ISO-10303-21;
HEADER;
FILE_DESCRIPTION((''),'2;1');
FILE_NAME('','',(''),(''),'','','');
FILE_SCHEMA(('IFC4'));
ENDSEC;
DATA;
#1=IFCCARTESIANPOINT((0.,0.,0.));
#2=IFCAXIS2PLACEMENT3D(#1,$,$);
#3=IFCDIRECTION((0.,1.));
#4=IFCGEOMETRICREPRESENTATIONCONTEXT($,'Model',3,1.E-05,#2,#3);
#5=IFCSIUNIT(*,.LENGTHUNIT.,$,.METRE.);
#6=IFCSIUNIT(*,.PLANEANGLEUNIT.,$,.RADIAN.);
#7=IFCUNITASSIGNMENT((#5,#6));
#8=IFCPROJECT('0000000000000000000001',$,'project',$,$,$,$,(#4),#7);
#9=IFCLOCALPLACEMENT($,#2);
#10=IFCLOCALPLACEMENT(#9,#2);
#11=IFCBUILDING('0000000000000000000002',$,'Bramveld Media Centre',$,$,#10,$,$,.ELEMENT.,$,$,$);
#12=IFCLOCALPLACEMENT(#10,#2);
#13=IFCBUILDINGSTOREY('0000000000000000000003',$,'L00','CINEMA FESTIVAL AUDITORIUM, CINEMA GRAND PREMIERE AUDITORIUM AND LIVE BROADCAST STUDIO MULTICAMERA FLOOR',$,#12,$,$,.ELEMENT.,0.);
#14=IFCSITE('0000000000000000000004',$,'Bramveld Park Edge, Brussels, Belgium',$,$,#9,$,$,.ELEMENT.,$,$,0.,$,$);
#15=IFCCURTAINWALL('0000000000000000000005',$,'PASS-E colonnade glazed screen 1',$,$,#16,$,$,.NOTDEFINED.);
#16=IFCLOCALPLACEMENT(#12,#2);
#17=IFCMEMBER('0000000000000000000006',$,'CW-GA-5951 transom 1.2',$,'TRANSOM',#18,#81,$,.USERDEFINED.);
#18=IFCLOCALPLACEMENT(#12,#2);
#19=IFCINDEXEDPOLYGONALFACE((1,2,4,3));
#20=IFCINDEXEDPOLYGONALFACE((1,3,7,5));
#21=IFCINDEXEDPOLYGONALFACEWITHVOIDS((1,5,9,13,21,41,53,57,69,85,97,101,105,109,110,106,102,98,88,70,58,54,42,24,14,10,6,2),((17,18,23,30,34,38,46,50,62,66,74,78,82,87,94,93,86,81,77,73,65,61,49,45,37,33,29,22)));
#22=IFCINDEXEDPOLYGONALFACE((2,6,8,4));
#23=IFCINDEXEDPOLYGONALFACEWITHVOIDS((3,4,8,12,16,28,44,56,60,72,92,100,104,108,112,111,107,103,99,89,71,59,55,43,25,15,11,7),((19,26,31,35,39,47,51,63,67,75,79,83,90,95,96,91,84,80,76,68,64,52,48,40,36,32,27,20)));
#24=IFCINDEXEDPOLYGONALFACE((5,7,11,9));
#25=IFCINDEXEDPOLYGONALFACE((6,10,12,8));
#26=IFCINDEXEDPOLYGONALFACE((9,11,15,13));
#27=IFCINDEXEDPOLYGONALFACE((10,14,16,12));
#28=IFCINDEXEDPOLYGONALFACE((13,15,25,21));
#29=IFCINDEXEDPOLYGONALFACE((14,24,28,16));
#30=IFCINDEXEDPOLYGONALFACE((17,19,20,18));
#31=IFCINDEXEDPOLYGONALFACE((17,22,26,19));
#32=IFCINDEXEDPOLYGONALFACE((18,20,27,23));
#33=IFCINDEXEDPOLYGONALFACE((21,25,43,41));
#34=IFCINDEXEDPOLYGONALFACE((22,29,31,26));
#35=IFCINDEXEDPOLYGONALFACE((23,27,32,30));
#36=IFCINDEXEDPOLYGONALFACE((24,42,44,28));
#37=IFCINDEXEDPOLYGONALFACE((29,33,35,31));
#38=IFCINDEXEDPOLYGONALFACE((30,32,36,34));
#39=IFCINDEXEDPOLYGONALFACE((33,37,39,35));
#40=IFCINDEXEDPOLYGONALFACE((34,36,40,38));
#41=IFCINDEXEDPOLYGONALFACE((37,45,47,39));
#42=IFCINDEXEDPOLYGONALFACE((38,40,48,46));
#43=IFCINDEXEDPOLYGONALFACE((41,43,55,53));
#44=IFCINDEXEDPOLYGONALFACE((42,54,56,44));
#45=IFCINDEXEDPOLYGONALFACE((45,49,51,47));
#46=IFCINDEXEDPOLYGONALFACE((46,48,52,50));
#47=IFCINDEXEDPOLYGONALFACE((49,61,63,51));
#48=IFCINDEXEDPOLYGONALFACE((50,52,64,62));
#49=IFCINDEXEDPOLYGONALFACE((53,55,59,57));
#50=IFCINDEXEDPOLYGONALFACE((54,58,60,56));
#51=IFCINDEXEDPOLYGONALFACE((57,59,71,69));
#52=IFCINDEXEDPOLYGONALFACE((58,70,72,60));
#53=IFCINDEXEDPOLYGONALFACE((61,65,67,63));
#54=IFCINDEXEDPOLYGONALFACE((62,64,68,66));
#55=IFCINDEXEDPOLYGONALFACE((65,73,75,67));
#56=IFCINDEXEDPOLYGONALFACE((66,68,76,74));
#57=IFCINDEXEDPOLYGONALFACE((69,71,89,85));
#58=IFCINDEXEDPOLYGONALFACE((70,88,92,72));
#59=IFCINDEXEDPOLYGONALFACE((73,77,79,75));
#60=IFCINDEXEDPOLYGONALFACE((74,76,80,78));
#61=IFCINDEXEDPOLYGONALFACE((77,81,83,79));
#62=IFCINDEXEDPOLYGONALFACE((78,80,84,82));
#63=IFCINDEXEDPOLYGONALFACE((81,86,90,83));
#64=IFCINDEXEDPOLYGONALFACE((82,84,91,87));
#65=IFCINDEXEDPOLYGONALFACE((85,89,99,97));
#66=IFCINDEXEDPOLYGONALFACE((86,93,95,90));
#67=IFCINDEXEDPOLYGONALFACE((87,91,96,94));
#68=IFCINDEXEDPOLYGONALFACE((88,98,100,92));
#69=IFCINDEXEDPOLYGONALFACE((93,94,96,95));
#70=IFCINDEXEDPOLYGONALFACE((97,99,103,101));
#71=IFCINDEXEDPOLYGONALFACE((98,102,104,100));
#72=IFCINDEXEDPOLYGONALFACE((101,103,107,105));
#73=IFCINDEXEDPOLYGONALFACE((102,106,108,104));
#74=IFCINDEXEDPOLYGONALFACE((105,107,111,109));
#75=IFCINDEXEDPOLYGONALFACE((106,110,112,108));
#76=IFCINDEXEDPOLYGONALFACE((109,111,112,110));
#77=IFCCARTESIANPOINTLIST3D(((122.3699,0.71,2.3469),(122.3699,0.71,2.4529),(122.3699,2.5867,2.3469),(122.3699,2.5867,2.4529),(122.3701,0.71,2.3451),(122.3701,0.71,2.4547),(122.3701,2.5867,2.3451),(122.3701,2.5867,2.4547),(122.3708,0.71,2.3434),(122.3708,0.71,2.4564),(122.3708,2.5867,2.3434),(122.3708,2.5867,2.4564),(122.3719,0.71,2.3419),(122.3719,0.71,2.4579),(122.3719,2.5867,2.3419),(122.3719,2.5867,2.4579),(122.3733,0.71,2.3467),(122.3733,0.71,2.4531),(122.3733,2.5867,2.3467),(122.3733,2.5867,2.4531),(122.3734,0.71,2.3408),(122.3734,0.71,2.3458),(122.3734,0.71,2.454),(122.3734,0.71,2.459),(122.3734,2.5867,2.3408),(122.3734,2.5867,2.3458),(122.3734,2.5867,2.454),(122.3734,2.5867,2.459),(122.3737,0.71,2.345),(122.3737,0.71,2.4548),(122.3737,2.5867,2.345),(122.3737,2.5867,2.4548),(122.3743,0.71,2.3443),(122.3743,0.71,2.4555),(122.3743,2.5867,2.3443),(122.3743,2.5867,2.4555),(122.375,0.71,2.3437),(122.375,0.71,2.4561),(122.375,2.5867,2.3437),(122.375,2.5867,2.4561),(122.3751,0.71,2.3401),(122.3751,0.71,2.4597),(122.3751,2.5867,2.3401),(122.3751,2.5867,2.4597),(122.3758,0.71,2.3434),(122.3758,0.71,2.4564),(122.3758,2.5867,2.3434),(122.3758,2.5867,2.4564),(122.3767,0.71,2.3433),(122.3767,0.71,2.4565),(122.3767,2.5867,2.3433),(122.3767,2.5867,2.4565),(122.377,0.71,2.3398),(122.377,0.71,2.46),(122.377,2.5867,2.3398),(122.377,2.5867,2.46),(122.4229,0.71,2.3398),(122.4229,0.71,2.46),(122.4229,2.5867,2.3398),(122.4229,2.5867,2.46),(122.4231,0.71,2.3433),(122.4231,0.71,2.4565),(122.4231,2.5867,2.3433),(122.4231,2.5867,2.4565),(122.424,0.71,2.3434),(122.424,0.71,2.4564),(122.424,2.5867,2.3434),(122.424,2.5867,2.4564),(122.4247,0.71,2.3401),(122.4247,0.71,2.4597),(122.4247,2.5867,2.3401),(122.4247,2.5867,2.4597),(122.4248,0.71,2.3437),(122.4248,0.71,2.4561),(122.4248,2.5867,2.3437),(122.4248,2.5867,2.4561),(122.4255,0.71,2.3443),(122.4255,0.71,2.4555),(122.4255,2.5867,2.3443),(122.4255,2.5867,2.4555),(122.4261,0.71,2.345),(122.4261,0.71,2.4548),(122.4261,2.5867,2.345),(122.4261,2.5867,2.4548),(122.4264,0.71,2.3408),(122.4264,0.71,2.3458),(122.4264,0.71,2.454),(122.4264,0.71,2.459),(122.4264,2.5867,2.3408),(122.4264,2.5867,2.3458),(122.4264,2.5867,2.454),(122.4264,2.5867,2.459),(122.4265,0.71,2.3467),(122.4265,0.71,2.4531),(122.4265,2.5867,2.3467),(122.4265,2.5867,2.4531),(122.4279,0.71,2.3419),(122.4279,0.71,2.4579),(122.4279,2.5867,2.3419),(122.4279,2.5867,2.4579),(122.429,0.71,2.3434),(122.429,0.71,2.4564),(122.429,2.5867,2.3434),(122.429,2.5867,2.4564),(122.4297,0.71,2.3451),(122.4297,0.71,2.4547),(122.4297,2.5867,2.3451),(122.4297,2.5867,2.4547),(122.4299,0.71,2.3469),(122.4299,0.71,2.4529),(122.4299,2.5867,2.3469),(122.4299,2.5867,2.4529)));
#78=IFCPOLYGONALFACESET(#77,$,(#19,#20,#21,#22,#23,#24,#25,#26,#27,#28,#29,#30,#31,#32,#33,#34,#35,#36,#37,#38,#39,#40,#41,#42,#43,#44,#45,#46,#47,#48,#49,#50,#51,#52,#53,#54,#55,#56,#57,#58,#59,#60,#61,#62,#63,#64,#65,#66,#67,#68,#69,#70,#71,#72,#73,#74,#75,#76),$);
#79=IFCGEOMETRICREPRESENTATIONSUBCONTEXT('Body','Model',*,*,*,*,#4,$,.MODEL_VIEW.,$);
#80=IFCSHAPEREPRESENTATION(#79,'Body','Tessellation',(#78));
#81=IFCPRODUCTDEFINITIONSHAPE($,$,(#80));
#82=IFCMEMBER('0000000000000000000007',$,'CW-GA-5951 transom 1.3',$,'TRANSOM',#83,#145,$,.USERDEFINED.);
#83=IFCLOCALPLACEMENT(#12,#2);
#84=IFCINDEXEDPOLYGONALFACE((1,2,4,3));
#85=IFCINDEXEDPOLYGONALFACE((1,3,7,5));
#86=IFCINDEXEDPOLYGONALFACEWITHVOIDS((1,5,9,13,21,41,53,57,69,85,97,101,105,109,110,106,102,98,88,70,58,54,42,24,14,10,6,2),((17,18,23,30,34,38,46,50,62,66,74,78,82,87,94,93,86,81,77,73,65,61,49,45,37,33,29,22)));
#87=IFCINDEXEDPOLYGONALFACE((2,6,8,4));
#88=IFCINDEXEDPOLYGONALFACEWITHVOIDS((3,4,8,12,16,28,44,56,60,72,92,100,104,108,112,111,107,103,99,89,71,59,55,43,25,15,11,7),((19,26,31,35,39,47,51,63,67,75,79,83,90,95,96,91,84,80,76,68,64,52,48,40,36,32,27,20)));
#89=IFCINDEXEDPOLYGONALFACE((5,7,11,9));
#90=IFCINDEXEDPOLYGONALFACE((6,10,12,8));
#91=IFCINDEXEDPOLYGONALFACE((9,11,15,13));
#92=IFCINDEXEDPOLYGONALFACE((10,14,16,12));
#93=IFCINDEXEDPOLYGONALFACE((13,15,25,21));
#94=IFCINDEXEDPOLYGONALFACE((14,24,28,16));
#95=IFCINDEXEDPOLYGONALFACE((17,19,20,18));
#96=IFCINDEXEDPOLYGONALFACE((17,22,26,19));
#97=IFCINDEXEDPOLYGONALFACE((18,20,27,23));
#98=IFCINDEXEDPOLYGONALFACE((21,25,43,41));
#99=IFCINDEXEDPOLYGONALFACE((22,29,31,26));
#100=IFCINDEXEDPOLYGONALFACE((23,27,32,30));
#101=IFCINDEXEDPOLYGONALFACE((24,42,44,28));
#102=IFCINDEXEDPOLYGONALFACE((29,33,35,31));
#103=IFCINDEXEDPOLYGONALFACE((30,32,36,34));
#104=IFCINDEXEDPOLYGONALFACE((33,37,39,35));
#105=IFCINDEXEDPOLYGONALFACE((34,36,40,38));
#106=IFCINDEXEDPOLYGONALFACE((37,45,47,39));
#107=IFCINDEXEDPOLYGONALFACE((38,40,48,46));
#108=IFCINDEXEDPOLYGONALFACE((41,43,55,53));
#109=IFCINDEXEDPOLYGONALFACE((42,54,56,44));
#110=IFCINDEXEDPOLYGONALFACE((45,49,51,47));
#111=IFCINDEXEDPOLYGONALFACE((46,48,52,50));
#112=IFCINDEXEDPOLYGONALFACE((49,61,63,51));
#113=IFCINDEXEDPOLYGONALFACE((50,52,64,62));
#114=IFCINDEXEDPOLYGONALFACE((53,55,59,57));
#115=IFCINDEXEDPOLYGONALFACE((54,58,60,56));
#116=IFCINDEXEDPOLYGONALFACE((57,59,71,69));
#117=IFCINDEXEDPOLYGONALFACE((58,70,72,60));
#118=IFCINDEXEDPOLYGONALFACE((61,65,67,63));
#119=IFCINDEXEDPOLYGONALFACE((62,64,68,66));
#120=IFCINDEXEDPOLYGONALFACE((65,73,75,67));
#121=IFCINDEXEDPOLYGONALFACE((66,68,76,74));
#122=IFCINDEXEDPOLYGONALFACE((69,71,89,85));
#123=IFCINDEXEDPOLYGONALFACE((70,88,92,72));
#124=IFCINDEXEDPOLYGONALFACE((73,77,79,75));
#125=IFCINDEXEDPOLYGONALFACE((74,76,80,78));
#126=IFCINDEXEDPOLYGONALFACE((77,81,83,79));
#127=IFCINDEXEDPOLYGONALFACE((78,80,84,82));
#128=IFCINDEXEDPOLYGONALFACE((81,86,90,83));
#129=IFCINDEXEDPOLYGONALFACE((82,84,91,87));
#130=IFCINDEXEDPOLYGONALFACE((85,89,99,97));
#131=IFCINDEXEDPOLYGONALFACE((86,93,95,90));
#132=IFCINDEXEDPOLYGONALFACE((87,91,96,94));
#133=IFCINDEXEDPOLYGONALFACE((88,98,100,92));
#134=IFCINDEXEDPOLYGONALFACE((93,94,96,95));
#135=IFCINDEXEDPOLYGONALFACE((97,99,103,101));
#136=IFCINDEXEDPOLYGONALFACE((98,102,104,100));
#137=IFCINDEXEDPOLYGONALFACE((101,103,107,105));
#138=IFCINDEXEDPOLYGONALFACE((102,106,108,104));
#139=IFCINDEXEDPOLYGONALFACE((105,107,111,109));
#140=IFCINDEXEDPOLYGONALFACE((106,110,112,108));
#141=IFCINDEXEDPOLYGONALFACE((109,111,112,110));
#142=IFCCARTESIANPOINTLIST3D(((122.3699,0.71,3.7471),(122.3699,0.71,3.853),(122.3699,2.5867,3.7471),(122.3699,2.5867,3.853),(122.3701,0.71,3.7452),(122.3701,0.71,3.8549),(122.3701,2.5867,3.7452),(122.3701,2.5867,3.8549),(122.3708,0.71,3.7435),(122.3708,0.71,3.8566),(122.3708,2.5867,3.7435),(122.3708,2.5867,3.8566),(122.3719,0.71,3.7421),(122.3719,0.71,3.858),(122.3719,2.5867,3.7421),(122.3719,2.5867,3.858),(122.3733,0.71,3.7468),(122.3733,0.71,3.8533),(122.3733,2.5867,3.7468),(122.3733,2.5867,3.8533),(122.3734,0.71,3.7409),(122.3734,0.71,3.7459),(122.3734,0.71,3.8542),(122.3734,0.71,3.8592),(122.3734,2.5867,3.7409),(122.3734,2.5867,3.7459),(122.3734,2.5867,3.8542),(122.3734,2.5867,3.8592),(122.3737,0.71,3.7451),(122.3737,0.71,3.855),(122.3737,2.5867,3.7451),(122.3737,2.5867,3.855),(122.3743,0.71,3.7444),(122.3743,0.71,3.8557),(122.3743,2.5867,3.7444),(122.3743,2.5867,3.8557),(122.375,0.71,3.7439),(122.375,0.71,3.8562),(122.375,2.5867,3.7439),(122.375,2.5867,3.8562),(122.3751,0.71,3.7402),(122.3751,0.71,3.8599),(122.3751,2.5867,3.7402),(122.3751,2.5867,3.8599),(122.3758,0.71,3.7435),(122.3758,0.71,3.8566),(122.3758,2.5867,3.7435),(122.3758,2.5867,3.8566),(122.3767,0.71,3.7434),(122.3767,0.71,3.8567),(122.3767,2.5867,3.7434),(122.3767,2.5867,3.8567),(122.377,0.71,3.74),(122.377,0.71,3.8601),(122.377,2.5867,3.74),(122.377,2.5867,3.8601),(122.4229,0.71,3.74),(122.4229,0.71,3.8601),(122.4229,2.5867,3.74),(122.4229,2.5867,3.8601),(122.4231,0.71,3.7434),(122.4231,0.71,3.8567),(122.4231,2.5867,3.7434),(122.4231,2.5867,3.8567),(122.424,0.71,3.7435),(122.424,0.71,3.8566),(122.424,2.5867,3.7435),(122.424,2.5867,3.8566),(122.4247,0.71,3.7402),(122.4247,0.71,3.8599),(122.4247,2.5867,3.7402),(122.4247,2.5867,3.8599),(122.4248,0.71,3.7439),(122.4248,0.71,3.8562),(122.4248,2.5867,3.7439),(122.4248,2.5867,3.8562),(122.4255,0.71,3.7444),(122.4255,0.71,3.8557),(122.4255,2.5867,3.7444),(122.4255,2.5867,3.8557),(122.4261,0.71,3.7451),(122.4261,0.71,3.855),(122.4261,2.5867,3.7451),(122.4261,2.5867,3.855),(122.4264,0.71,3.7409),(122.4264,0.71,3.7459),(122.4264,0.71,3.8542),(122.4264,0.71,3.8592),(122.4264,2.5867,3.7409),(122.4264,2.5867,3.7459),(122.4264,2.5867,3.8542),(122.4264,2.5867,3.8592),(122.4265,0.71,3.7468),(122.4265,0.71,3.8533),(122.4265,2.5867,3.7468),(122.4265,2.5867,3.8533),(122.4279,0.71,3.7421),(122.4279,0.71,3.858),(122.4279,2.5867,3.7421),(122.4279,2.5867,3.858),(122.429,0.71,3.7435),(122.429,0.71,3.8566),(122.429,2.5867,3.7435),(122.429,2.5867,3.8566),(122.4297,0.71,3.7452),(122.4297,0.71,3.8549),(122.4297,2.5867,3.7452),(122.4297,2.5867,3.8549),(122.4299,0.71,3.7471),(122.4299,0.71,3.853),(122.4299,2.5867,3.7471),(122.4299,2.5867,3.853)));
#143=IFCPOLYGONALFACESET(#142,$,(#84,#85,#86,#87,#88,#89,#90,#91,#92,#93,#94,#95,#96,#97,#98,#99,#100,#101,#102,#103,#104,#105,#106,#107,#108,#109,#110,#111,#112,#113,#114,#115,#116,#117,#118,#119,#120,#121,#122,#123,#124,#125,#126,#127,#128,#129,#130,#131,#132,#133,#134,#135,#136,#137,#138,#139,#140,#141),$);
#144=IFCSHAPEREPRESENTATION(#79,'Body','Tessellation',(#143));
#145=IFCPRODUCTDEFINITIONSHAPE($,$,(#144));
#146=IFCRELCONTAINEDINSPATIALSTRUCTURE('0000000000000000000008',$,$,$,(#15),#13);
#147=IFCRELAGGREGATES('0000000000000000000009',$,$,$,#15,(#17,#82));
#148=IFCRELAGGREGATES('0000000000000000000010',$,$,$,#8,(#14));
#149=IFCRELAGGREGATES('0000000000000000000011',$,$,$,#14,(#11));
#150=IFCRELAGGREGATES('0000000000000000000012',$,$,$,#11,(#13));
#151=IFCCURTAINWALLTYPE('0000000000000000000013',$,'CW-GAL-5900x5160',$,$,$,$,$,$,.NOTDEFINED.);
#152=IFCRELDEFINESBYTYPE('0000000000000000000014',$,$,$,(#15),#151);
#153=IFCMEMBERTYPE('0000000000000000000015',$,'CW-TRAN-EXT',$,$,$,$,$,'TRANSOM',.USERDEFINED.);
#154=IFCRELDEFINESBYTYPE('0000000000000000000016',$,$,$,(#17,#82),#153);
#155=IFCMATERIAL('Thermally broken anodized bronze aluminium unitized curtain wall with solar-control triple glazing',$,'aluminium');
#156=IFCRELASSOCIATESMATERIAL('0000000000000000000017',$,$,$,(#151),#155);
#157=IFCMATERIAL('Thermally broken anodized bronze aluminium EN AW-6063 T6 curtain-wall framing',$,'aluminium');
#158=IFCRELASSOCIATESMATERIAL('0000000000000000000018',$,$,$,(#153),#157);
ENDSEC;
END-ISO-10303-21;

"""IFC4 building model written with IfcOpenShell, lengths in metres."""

from ifc_helpers import new_model, si_unit, direction, frame, origin, origin_2d, place, context, subcontext, project, spatial, hollow_rectangle, extrude, material, material_profile, profile_set, type_object, element, aggregate, save


model = new_model("IFC4")

# Units and contexts
model_context = context("Model", 3, precision=1e-05, world=origin(), true_north=direction((0.0, 1.0)))
body_context = subcontext(model_context, "Body", "Model", "MODEL_VIEW")
ifc_project = project(units=[si_unit("LENGTHUNIT", "METRE"), si_unit("PLANEANGLEUNIT", "RADIAN")], contexts=[model_context])

# Site, building, storey
site_placement = place(None, origin())
site = spatial("IfcSite", under=ifc_project, at=site_placement, Name="Bramveld Park Edge, Brussels, Belgium", CompositionType="ELEMENT", RefElevation=0.0)
building_placement = place(site_placement, origin())
building = spatial("IfcBuilding", under=site, at=building_placement, Name="Bramveld Media Centre", CompositionType="ELEMENT")
storey_placement = place(building_placement, origin())
storey = spatial("IfcBuildingStorey", under=building, at=storey_placement, Name="L00", Description="CINEMA FESTIVAL AUDITORIUM, CINEMA GRAND PREMIERE AUDITORIUM AND LIVE BROADCAST STUDIO MULTICAMERA FLOOR", CompositionType="ELEMENT", Elevation=0.0)

# Shared definitions
ifc_material_1 = material(Name="Thermally broken anodized bronze aluminium unitized curtain wall with solar-control triple glazing", Category="aluminium")
curtain_wall_type = type_object("IfcCurtainWallType", Name="CW-GAL-5900x5160", PredefinedType="NOTDEFINED", material=ifc_material_1)

# Curtain wall
curtain_wall_1_placement = place(storey_placement, origin())
curtain_wall_1 = element("IfcCurtainWall", 1, at=curtain_wall_1_placement, inside=storey, type_object=curtain_wall_type, Name="PASS-E colonnade glazed screen 1", PredefinedType="NOTDEFINED")

# Members
ifc_material_2 = material(Name="Thermally broken anodized bronze aluminium EN AW-6063 T6 curtain-wall framing", Category="aluminium")
ifc_material_profile_1 = material_profile(ifc_material_2, hollow_rectangle(XDim=0.0601, YDim=0.1201, WallThickness=0.0034, InnerFilletRadius=0.0034, OuterFilletRadius=0.0071, at=origin_2d()), Name="AL-TRAN 60x120")
ifc_profile_set_1 = profile_set([ifc_material_profile_1], Name="Thermally broken anodized bronze aluminium EN AW-6063 T6 curtain-wall framing")
member_type_1 = type_object("IfcMemberType", Name="CW-TRAN-EXT", ElementType="TRANSOM", PredefinedType="USERDEFINED", material=ifc_profile_set_1)
member_1_placement = place(storey_placement, frame((122.3999, 0.71, 2.3999), z_axis=(0.0, 1.0, 0.0), x_axis=(-1.0, 0.0, 0.0)))
member_1 = element("IfcMember", 2, at=member_1_placement, type_object=member_type_1, Name="CW-GA-5951 transom 1.2", ObjectType="TRANSOM", PredefinedType="USERDEFINED", context=body_context, shape_type="SweptSolid", body=[
    extrude(hollow_rectangle(XDim=0.0601, YDim=0.1201, WallThickness=0.0034, InnerFilletRadius=0.0034, OuterFilletRadius=0.0071, at=origin_2d()), origin(), (0.0, 0.0, 1.0), 1.8767),
])
member_2_placement = place(storey_placement, frame((122.3999, 0.71, 3.8), z_axis=(0.0, 1.0, 0.0), x_axis=(-1.0, 0.0, 0.0)))
member_2 = element("IfcMember", 3, at=member_2_placement, type_object=member_type_1, Name="CW-GA-5951 transom 1.3", ObjectType="TRANSOM", PredefinedType="USERDEFINED", context=body_context, shape_type="SweptSolid", body=[
    extrude(hollow_rectangle(XDim=0.0601, YDim=0.1201, WallThickness=0.0034, InnerFilletRadius=0.0034, OuterFilletRadius=0.0071, at=origin_2d()), origin(), (0.0, 0.0, 1.0), 1.8767),
])

aggregate(curtain_wall_1, [member_1, member_2])

save(model, "model.ifc")
